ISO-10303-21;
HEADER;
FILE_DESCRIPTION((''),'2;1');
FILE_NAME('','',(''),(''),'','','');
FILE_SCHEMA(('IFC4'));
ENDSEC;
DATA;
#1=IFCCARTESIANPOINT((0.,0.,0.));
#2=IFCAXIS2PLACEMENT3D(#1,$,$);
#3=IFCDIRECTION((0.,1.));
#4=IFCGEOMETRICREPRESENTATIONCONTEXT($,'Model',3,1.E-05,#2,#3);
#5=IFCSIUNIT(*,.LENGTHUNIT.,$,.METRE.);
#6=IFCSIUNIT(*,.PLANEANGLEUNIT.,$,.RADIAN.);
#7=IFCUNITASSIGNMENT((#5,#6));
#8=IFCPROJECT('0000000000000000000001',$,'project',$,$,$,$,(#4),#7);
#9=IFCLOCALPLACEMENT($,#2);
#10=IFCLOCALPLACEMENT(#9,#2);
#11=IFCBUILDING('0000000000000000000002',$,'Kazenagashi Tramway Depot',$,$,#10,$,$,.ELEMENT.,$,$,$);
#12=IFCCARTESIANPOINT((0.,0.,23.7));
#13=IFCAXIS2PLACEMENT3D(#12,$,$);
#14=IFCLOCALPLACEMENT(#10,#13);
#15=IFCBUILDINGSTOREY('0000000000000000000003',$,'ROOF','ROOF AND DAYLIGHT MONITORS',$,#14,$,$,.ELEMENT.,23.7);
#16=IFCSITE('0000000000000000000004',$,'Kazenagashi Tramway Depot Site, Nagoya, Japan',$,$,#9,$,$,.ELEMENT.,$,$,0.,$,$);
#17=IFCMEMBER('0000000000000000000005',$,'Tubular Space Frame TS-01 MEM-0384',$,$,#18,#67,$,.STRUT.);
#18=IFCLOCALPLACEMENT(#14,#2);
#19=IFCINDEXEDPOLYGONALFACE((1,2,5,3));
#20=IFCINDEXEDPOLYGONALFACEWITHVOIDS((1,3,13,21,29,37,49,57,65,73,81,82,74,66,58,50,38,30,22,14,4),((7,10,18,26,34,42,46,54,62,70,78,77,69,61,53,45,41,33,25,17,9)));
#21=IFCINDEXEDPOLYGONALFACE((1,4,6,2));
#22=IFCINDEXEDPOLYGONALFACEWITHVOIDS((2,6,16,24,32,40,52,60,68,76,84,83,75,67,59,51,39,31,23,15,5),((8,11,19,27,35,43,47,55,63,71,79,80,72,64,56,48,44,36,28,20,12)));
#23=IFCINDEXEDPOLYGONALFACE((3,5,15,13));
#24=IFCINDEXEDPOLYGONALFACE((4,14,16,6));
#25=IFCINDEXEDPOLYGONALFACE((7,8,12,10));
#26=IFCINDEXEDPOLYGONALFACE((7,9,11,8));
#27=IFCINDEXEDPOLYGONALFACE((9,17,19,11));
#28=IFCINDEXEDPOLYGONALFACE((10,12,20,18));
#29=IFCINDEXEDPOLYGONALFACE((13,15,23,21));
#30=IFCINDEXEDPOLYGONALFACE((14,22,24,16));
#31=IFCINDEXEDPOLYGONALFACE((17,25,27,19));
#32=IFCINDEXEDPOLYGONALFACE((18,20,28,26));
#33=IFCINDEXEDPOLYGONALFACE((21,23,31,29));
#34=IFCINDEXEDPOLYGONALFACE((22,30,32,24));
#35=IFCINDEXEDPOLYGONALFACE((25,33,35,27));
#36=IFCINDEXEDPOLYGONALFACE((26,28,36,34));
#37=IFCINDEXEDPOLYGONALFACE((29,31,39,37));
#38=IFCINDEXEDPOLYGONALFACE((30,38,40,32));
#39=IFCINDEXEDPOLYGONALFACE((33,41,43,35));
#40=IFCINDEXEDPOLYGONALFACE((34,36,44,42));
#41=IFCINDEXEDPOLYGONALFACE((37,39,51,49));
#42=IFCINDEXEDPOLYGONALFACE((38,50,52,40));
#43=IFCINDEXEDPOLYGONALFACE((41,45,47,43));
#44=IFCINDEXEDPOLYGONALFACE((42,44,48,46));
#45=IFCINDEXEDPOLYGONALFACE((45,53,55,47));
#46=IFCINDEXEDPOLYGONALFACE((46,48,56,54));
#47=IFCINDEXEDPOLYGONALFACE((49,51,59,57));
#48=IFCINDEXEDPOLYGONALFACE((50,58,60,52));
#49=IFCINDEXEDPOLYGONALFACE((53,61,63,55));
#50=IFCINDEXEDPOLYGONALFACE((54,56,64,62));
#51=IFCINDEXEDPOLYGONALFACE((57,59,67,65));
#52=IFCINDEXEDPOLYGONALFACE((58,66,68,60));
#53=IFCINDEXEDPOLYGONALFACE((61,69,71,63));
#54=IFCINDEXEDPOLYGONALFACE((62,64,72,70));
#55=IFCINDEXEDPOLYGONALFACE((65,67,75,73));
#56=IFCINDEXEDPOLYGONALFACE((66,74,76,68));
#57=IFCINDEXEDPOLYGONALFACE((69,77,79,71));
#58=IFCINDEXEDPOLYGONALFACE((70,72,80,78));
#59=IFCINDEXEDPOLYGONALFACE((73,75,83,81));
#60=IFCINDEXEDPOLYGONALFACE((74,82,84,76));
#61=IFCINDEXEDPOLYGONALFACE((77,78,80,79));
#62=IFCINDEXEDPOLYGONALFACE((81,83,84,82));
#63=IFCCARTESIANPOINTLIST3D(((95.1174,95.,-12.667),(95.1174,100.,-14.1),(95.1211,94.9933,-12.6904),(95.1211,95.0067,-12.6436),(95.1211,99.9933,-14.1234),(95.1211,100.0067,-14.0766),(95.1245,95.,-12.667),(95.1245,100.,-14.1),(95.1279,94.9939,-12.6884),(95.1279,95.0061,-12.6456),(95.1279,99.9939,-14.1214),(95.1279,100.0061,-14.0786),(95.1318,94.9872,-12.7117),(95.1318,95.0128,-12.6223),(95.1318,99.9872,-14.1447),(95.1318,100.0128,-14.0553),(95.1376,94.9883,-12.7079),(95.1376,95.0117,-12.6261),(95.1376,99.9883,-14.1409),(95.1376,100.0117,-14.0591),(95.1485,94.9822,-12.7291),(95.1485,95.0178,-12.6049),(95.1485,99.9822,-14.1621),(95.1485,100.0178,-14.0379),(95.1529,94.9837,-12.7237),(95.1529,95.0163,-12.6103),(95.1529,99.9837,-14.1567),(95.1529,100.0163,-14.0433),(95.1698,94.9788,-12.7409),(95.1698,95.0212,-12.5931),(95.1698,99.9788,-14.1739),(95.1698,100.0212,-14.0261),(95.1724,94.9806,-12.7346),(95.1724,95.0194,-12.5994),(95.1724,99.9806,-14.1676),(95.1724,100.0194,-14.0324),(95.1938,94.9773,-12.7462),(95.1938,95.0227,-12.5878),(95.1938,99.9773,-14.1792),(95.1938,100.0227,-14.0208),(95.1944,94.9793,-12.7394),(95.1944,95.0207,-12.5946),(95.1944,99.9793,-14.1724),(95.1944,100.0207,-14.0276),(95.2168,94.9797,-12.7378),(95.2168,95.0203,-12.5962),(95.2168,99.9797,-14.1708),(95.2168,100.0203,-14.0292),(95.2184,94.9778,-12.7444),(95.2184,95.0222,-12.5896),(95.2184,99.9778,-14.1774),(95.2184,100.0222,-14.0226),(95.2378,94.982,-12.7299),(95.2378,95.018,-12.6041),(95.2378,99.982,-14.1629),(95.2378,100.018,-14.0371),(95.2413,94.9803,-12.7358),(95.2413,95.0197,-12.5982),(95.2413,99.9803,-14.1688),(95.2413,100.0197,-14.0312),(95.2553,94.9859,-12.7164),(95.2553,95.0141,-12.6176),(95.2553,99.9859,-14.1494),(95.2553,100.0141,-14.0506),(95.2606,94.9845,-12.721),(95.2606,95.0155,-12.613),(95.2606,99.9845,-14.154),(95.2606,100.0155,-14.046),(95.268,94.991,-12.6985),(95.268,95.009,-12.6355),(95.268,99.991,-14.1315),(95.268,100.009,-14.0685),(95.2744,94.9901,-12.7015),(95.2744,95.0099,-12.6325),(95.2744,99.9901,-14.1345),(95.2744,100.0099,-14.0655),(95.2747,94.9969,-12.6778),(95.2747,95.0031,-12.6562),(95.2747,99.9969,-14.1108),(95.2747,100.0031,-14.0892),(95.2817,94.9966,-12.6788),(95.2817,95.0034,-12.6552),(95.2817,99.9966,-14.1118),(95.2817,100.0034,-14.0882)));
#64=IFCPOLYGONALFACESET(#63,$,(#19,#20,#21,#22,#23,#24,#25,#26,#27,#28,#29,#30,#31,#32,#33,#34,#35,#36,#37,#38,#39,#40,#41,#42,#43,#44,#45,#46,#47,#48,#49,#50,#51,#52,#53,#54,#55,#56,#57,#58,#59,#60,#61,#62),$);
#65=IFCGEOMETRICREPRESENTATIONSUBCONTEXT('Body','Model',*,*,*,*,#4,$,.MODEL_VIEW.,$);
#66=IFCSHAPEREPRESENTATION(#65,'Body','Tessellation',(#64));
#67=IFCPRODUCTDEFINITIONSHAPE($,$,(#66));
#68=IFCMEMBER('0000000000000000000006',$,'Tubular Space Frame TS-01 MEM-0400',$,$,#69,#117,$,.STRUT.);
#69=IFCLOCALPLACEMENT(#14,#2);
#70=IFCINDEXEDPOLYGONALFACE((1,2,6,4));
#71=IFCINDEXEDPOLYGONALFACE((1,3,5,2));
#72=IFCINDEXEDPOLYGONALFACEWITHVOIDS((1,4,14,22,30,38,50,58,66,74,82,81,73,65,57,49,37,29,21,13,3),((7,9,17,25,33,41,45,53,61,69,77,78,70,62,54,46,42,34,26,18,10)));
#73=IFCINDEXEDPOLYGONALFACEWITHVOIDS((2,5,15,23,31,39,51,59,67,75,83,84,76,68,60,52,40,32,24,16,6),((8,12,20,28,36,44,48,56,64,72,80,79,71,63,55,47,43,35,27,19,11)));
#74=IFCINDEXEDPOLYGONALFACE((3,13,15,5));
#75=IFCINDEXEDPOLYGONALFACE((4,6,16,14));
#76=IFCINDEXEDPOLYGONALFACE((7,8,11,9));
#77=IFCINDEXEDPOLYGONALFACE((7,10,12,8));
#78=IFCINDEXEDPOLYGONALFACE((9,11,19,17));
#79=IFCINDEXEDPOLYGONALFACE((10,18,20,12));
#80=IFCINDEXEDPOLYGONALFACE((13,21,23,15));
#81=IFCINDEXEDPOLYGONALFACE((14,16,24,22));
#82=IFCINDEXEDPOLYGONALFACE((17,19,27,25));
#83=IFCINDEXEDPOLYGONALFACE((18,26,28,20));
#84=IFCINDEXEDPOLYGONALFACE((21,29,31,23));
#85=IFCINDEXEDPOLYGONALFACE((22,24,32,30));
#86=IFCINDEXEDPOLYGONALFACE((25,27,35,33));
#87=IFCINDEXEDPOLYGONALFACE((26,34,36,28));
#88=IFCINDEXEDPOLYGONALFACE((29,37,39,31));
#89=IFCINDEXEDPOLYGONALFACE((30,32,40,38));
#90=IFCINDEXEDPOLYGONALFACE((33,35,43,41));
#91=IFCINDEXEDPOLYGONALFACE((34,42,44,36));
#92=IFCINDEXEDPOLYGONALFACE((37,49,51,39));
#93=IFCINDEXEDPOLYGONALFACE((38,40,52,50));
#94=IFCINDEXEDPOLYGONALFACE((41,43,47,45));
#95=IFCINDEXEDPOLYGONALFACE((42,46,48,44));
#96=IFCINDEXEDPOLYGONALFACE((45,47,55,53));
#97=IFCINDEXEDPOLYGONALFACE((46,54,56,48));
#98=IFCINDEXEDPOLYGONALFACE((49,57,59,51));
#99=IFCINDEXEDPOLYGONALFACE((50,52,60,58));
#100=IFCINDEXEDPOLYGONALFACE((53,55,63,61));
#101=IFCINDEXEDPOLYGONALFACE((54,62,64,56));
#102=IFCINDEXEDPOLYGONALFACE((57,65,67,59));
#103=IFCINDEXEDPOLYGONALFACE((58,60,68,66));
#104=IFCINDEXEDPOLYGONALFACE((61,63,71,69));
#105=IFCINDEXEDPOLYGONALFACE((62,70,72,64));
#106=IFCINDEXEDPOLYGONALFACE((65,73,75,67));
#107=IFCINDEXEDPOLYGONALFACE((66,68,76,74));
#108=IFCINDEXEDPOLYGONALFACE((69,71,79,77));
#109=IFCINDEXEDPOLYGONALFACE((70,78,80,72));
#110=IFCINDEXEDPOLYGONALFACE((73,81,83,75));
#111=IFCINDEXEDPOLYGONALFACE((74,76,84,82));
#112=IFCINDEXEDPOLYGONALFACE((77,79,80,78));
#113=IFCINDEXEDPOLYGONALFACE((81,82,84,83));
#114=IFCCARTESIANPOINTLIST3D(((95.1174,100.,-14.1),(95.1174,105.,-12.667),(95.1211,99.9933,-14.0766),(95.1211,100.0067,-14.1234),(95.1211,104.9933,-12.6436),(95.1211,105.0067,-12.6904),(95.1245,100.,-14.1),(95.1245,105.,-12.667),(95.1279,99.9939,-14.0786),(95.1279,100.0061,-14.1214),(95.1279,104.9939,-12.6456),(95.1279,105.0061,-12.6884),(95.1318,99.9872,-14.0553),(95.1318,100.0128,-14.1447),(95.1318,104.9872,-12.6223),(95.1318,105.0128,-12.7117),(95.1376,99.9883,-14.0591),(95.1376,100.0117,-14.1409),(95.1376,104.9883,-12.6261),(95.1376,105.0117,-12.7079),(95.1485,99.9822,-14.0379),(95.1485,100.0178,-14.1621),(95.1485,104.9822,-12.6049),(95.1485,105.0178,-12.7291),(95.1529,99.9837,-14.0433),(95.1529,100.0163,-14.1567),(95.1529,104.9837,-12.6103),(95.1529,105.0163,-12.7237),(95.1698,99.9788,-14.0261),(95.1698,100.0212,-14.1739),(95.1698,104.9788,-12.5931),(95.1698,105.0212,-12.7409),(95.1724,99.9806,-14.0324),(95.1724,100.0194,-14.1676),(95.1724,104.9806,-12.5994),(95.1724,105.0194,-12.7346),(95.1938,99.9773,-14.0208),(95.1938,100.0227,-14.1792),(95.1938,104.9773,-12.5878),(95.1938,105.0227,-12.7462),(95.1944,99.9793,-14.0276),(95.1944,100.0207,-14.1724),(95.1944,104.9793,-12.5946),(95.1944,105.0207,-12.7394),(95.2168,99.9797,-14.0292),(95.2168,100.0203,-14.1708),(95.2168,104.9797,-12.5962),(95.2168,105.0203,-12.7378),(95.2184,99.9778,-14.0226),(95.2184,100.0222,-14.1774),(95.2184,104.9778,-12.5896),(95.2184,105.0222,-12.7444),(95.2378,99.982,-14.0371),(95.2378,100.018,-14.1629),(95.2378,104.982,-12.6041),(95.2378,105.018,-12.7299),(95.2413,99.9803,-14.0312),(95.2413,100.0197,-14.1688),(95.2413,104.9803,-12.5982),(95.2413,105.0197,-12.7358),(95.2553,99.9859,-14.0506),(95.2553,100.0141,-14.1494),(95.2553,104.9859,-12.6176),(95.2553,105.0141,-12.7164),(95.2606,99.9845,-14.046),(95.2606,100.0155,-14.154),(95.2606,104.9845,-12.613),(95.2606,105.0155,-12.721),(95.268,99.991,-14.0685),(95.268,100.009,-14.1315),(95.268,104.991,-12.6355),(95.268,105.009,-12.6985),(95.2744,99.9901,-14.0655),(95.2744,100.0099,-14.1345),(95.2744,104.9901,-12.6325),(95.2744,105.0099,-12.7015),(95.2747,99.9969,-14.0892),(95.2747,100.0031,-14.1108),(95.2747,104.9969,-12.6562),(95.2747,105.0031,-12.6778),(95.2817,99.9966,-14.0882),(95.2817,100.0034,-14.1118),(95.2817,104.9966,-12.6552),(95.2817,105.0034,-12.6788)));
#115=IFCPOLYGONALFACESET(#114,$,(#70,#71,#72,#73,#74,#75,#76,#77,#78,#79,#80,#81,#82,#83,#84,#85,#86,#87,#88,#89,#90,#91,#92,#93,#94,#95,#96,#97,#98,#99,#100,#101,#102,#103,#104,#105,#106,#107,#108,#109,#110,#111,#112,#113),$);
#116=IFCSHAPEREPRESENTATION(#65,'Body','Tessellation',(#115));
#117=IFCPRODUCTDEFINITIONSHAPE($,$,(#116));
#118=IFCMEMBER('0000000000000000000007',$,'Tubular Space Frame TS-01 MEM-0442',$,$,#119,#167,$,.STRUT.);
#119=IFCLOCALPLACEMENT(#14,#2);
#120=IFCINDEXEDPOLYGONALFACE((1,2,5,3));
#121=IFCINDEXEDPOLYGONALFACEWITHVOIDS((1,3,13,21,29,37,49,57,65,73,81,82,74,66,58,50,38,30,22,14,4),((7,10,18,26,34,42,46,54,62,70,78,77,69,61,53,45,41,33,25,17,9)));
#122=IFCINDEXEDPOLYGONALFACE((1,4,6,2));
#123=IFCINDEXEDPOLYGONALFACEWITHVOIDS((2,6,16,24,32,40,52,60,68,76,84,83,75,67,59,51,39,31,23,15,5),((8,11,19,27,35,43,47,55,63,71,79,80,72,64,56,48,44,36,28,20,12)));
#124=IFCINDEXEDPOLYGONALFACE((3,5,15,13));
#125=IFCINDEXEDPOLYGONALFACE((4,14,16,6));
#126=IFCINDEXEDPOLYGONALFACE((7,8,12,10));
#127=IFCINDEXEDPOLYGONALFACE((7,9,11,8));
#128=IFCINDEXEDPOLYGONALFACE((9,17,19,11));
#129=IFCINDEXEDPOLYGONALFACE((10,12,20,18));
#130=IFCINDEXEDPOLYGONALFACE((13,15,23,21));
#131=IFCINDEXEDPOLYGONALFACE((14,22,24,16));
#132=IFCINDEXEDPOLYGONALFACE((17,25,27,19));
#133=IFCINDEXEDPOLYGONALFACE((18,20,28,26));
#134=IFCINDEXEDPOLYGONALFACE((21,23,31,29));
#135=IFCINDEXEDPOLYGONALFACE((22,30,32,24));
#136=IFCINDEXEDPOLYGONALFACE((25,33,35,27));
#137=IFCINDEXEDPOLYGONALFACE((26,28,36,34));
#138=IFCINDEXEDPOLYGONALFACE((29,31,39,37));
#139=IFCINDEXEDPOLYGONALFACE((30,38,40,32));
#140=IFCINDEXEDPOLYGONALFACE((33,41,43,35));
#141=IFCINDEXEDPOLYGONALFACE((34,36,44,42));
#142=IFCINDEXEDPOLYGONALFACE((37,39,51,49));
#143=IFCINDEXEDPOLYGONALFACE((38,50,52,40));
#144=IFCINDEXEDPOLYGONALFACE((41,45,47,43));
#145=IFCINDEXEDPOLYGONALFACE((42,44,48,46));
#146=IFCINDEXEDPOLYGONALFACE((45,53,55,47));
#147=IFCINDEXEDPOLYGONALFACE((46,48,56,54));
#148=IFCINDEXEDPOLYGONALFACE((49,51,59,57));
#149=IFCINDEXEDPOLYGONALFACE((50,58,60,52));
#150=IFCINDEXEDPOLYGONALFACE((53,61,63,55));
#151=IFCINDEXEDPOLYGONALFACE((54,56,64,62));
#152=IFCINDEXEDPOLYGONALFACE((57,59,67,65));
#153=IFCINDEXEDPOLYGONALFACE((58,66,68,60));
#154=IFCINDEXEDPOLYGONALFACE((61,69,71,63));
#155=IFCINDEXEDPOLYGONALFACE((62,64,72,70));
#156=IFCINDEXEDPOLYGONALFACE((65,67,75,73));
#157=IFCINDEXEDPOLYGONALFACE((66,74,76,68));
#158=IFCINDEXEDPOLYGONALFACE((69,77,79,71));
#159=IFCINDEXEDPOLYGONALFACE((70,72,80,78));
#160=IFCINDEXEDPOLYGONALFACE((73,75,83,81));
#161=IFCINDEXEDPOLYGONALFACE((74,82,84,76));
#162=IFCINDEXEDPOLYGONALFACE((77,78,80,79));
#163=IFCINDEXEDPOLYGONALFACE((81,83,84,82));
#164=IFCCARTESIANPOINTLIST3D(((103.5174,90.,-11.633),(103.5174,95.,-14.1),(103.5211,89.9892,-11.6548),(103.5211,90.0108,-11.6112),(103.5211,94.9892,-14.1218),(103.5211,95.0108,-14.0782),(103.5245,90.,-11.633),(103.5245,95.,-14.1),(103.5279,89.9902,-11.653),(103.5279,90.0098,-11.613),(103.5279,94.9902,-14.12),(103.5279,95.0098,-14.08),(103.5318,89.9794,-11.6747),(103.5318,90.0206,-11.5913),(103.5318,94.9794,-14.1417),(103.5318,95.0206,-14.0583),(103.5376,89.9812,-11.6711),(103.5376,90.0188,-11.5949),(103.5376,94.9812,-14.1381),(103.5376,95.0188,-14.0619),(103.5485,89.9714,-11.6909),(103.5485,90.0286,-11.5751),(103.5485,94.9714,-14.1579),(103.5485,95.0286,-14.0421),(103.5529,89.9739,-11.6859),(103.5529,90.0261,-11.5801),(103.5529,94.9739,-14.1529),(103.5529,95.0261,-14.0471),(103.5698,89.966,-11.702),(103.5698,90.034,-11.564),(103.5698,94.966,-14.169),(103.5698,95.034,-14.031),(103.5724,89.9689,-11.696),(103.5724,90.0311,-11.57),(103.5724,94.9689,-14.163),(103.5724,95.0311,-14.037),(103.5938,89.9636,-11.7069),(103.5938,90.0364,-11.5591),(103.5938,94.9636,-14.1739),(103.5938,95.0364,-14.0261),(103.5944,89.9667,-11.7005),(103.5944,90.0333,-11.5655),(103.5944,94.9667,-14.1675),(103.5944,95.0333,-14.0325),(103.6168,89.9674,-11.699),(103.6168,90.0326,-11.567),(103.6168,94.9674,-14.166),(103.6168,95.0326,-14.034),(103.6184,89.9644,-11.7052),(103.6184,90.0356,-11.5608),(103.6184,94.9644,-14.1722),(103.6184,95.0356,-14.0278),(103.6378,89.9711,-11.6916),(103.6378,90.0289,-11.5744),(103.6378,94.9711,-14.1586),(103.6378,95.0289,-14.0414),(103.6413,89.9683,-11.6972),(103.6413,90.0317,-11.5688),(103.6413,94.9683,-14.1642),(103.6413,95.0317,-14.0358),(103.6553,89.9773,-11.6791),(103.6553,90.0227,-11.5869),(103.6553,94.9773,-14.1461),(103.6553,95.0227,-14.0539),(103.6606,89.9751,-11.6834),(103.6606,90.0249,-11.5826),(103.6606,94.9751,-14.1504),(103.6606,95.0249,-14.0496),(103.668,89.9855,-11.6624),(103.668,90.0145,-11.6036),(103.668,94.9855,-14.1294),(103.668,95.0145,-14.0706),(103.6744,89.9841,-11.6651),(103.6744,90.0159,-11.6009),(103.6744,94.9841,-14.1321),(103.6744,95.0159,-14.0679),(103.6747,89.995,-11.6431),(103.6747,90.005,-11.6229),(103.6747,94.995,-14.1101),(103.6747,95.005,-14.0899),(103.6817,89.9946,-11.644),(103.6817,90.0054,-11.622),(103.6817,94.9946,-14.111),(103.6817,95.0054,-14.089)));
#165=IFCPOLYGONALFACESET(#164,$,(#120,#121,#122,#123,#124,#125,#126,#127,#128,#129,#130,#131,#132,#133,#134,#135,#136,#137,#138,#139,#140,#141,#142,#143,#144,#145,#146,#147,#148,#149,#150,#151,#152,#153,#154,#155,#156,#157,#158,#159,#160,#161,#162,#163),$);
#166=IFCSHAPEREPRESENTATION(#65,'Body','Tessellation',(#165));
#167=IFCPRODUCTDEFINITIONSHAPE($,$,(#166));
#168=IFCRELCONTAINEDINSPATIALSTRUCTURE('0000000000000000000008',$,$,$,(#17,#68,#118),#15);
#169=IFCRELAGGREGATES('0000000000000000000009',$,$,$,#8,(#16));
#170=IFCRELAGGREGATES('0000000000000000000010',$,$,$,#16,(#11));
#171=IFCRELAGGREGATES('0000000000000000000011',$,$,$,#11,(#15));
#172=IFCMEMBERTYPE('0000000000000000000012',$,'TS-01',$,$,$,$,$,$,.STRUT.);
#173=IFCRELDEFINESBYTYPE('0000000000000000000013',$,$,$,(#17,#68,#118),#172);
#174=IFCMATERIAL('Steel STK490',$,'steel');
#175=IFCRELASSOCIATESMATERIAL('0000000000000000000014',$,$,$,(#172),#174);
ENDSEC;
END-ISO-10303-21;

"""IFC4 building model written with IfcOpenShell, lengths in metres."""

from ifc_helpers import new_model, si_unit, direction, frame, origin, origin_2d, place, context, subcontext, project, spatial, hollow_circle, extrude, material, material_profile, profile_set, type_object, element, save


model = new_model("IFC4")

# Units and contexts
model_context = context("Model", 3, precision=1e-05, world=origin(), true_north=direction((0.0, 1.0)))
body_context = subcontext(model_context, "Body", "Model", "MODEL_VIEW")
ifc_project = project(units=[si_unit("LENGTHUNIT", "METRE"), si_unit("PLANEANGLEUNIT", "RADIAN")], contexts=[model_context])

# Site, building, storey
site_placement = place(None, origin())
site = spatial("IfcSite", under=ifc_project, at=site_placement, Name="Kazenagashi Tramway Depot Site, Nagoya, Japan", CompositionType="ELEMENT", RefElevation=0.0)
building_placement = place(site_placement, origin())
building = spatial("IfcBuilding", under=site, at=building_placement, Name="Kazenagashi Tramway Depot", CompositionType="ELEMENT")
storey_placement = place(building_placement, frame((0.0, 0.0, 23.7)))
storey = spatial("IfcBuildingStorey", under=building, at=storey_placement, Name="ROOF", Description="ROOF AND DAYLIGHT MONITORS", CompositionType="ELEMENT", Elevation=23.7)

# Members
ifc_material_1 = material(Name="Steel STK490", Category="steel")
ifc_material_profile_1 = material_profile(ifc_material_1, hollow_circle(Radius=0.0826, WallThickness=0.0071, at=origin_2d()), Name="CHS-165.2x7.1")
ifc_profile_set_1 = profile_set([ifc_material_profile_1], Name="Steel STK490")
member_type_1 = type_object("IfcMemberType", Name="TS-01", PredefinedType="STRUT", material=ifc_profile_set_1)
for number, where, z_axis, x_axis, name in (
    (1, (95.2, 95.0, -12.667), (0.0, 0.961299, -0.275508), (-1.0, 0.0, 0.0), "Tubular Space Frame TS-01 MEM-0384"),
    (2, (95.2, 100.0, -14.1), (0.0, 0.961299, 0.275508), (-1.0, 0.0, 0.0), "Tubular Space Frame TS-01 MEM-0400"),
):
    element("IfcMember", number, at=place(storey_placement, frame(where, z_axis=z_axis, x_axis=x_axis)), inside=storey, type_object=member_type_1, Name=name, PredefinedType="STRUT", context=body_context, shape_type="SweptSolid", body=[
        extrude(hollow_circle(Radius=0.0826, WallThickness=0.0071, at=origin_2d()), origin(), (0.0, 0.0, 1.0), 5.2013),
    ])
member_1_placement = place(storey_placement, frame((103.6, 90.0, -11.633), z_axis=(0.0, 0.896782, -0.442472), x_axis=(-1.0, 0.0, 0.0)))
element("IfcMember", 3, at=member_1_placement, inside=storey, type_object=member_type_1, Name="Tubular Space Frame TS-01 MEM-0442", PredefinedType="STRUT", context=body_context, shape_type="SweptSolid", body=[
    extrude(hollow_circle(Radius=0.0826, WallThickness=0.0071, at=origin_2d()), origin(), (0.0, 0.0, 1.0), 5.5755),
])

save(model, "model.ifc")
